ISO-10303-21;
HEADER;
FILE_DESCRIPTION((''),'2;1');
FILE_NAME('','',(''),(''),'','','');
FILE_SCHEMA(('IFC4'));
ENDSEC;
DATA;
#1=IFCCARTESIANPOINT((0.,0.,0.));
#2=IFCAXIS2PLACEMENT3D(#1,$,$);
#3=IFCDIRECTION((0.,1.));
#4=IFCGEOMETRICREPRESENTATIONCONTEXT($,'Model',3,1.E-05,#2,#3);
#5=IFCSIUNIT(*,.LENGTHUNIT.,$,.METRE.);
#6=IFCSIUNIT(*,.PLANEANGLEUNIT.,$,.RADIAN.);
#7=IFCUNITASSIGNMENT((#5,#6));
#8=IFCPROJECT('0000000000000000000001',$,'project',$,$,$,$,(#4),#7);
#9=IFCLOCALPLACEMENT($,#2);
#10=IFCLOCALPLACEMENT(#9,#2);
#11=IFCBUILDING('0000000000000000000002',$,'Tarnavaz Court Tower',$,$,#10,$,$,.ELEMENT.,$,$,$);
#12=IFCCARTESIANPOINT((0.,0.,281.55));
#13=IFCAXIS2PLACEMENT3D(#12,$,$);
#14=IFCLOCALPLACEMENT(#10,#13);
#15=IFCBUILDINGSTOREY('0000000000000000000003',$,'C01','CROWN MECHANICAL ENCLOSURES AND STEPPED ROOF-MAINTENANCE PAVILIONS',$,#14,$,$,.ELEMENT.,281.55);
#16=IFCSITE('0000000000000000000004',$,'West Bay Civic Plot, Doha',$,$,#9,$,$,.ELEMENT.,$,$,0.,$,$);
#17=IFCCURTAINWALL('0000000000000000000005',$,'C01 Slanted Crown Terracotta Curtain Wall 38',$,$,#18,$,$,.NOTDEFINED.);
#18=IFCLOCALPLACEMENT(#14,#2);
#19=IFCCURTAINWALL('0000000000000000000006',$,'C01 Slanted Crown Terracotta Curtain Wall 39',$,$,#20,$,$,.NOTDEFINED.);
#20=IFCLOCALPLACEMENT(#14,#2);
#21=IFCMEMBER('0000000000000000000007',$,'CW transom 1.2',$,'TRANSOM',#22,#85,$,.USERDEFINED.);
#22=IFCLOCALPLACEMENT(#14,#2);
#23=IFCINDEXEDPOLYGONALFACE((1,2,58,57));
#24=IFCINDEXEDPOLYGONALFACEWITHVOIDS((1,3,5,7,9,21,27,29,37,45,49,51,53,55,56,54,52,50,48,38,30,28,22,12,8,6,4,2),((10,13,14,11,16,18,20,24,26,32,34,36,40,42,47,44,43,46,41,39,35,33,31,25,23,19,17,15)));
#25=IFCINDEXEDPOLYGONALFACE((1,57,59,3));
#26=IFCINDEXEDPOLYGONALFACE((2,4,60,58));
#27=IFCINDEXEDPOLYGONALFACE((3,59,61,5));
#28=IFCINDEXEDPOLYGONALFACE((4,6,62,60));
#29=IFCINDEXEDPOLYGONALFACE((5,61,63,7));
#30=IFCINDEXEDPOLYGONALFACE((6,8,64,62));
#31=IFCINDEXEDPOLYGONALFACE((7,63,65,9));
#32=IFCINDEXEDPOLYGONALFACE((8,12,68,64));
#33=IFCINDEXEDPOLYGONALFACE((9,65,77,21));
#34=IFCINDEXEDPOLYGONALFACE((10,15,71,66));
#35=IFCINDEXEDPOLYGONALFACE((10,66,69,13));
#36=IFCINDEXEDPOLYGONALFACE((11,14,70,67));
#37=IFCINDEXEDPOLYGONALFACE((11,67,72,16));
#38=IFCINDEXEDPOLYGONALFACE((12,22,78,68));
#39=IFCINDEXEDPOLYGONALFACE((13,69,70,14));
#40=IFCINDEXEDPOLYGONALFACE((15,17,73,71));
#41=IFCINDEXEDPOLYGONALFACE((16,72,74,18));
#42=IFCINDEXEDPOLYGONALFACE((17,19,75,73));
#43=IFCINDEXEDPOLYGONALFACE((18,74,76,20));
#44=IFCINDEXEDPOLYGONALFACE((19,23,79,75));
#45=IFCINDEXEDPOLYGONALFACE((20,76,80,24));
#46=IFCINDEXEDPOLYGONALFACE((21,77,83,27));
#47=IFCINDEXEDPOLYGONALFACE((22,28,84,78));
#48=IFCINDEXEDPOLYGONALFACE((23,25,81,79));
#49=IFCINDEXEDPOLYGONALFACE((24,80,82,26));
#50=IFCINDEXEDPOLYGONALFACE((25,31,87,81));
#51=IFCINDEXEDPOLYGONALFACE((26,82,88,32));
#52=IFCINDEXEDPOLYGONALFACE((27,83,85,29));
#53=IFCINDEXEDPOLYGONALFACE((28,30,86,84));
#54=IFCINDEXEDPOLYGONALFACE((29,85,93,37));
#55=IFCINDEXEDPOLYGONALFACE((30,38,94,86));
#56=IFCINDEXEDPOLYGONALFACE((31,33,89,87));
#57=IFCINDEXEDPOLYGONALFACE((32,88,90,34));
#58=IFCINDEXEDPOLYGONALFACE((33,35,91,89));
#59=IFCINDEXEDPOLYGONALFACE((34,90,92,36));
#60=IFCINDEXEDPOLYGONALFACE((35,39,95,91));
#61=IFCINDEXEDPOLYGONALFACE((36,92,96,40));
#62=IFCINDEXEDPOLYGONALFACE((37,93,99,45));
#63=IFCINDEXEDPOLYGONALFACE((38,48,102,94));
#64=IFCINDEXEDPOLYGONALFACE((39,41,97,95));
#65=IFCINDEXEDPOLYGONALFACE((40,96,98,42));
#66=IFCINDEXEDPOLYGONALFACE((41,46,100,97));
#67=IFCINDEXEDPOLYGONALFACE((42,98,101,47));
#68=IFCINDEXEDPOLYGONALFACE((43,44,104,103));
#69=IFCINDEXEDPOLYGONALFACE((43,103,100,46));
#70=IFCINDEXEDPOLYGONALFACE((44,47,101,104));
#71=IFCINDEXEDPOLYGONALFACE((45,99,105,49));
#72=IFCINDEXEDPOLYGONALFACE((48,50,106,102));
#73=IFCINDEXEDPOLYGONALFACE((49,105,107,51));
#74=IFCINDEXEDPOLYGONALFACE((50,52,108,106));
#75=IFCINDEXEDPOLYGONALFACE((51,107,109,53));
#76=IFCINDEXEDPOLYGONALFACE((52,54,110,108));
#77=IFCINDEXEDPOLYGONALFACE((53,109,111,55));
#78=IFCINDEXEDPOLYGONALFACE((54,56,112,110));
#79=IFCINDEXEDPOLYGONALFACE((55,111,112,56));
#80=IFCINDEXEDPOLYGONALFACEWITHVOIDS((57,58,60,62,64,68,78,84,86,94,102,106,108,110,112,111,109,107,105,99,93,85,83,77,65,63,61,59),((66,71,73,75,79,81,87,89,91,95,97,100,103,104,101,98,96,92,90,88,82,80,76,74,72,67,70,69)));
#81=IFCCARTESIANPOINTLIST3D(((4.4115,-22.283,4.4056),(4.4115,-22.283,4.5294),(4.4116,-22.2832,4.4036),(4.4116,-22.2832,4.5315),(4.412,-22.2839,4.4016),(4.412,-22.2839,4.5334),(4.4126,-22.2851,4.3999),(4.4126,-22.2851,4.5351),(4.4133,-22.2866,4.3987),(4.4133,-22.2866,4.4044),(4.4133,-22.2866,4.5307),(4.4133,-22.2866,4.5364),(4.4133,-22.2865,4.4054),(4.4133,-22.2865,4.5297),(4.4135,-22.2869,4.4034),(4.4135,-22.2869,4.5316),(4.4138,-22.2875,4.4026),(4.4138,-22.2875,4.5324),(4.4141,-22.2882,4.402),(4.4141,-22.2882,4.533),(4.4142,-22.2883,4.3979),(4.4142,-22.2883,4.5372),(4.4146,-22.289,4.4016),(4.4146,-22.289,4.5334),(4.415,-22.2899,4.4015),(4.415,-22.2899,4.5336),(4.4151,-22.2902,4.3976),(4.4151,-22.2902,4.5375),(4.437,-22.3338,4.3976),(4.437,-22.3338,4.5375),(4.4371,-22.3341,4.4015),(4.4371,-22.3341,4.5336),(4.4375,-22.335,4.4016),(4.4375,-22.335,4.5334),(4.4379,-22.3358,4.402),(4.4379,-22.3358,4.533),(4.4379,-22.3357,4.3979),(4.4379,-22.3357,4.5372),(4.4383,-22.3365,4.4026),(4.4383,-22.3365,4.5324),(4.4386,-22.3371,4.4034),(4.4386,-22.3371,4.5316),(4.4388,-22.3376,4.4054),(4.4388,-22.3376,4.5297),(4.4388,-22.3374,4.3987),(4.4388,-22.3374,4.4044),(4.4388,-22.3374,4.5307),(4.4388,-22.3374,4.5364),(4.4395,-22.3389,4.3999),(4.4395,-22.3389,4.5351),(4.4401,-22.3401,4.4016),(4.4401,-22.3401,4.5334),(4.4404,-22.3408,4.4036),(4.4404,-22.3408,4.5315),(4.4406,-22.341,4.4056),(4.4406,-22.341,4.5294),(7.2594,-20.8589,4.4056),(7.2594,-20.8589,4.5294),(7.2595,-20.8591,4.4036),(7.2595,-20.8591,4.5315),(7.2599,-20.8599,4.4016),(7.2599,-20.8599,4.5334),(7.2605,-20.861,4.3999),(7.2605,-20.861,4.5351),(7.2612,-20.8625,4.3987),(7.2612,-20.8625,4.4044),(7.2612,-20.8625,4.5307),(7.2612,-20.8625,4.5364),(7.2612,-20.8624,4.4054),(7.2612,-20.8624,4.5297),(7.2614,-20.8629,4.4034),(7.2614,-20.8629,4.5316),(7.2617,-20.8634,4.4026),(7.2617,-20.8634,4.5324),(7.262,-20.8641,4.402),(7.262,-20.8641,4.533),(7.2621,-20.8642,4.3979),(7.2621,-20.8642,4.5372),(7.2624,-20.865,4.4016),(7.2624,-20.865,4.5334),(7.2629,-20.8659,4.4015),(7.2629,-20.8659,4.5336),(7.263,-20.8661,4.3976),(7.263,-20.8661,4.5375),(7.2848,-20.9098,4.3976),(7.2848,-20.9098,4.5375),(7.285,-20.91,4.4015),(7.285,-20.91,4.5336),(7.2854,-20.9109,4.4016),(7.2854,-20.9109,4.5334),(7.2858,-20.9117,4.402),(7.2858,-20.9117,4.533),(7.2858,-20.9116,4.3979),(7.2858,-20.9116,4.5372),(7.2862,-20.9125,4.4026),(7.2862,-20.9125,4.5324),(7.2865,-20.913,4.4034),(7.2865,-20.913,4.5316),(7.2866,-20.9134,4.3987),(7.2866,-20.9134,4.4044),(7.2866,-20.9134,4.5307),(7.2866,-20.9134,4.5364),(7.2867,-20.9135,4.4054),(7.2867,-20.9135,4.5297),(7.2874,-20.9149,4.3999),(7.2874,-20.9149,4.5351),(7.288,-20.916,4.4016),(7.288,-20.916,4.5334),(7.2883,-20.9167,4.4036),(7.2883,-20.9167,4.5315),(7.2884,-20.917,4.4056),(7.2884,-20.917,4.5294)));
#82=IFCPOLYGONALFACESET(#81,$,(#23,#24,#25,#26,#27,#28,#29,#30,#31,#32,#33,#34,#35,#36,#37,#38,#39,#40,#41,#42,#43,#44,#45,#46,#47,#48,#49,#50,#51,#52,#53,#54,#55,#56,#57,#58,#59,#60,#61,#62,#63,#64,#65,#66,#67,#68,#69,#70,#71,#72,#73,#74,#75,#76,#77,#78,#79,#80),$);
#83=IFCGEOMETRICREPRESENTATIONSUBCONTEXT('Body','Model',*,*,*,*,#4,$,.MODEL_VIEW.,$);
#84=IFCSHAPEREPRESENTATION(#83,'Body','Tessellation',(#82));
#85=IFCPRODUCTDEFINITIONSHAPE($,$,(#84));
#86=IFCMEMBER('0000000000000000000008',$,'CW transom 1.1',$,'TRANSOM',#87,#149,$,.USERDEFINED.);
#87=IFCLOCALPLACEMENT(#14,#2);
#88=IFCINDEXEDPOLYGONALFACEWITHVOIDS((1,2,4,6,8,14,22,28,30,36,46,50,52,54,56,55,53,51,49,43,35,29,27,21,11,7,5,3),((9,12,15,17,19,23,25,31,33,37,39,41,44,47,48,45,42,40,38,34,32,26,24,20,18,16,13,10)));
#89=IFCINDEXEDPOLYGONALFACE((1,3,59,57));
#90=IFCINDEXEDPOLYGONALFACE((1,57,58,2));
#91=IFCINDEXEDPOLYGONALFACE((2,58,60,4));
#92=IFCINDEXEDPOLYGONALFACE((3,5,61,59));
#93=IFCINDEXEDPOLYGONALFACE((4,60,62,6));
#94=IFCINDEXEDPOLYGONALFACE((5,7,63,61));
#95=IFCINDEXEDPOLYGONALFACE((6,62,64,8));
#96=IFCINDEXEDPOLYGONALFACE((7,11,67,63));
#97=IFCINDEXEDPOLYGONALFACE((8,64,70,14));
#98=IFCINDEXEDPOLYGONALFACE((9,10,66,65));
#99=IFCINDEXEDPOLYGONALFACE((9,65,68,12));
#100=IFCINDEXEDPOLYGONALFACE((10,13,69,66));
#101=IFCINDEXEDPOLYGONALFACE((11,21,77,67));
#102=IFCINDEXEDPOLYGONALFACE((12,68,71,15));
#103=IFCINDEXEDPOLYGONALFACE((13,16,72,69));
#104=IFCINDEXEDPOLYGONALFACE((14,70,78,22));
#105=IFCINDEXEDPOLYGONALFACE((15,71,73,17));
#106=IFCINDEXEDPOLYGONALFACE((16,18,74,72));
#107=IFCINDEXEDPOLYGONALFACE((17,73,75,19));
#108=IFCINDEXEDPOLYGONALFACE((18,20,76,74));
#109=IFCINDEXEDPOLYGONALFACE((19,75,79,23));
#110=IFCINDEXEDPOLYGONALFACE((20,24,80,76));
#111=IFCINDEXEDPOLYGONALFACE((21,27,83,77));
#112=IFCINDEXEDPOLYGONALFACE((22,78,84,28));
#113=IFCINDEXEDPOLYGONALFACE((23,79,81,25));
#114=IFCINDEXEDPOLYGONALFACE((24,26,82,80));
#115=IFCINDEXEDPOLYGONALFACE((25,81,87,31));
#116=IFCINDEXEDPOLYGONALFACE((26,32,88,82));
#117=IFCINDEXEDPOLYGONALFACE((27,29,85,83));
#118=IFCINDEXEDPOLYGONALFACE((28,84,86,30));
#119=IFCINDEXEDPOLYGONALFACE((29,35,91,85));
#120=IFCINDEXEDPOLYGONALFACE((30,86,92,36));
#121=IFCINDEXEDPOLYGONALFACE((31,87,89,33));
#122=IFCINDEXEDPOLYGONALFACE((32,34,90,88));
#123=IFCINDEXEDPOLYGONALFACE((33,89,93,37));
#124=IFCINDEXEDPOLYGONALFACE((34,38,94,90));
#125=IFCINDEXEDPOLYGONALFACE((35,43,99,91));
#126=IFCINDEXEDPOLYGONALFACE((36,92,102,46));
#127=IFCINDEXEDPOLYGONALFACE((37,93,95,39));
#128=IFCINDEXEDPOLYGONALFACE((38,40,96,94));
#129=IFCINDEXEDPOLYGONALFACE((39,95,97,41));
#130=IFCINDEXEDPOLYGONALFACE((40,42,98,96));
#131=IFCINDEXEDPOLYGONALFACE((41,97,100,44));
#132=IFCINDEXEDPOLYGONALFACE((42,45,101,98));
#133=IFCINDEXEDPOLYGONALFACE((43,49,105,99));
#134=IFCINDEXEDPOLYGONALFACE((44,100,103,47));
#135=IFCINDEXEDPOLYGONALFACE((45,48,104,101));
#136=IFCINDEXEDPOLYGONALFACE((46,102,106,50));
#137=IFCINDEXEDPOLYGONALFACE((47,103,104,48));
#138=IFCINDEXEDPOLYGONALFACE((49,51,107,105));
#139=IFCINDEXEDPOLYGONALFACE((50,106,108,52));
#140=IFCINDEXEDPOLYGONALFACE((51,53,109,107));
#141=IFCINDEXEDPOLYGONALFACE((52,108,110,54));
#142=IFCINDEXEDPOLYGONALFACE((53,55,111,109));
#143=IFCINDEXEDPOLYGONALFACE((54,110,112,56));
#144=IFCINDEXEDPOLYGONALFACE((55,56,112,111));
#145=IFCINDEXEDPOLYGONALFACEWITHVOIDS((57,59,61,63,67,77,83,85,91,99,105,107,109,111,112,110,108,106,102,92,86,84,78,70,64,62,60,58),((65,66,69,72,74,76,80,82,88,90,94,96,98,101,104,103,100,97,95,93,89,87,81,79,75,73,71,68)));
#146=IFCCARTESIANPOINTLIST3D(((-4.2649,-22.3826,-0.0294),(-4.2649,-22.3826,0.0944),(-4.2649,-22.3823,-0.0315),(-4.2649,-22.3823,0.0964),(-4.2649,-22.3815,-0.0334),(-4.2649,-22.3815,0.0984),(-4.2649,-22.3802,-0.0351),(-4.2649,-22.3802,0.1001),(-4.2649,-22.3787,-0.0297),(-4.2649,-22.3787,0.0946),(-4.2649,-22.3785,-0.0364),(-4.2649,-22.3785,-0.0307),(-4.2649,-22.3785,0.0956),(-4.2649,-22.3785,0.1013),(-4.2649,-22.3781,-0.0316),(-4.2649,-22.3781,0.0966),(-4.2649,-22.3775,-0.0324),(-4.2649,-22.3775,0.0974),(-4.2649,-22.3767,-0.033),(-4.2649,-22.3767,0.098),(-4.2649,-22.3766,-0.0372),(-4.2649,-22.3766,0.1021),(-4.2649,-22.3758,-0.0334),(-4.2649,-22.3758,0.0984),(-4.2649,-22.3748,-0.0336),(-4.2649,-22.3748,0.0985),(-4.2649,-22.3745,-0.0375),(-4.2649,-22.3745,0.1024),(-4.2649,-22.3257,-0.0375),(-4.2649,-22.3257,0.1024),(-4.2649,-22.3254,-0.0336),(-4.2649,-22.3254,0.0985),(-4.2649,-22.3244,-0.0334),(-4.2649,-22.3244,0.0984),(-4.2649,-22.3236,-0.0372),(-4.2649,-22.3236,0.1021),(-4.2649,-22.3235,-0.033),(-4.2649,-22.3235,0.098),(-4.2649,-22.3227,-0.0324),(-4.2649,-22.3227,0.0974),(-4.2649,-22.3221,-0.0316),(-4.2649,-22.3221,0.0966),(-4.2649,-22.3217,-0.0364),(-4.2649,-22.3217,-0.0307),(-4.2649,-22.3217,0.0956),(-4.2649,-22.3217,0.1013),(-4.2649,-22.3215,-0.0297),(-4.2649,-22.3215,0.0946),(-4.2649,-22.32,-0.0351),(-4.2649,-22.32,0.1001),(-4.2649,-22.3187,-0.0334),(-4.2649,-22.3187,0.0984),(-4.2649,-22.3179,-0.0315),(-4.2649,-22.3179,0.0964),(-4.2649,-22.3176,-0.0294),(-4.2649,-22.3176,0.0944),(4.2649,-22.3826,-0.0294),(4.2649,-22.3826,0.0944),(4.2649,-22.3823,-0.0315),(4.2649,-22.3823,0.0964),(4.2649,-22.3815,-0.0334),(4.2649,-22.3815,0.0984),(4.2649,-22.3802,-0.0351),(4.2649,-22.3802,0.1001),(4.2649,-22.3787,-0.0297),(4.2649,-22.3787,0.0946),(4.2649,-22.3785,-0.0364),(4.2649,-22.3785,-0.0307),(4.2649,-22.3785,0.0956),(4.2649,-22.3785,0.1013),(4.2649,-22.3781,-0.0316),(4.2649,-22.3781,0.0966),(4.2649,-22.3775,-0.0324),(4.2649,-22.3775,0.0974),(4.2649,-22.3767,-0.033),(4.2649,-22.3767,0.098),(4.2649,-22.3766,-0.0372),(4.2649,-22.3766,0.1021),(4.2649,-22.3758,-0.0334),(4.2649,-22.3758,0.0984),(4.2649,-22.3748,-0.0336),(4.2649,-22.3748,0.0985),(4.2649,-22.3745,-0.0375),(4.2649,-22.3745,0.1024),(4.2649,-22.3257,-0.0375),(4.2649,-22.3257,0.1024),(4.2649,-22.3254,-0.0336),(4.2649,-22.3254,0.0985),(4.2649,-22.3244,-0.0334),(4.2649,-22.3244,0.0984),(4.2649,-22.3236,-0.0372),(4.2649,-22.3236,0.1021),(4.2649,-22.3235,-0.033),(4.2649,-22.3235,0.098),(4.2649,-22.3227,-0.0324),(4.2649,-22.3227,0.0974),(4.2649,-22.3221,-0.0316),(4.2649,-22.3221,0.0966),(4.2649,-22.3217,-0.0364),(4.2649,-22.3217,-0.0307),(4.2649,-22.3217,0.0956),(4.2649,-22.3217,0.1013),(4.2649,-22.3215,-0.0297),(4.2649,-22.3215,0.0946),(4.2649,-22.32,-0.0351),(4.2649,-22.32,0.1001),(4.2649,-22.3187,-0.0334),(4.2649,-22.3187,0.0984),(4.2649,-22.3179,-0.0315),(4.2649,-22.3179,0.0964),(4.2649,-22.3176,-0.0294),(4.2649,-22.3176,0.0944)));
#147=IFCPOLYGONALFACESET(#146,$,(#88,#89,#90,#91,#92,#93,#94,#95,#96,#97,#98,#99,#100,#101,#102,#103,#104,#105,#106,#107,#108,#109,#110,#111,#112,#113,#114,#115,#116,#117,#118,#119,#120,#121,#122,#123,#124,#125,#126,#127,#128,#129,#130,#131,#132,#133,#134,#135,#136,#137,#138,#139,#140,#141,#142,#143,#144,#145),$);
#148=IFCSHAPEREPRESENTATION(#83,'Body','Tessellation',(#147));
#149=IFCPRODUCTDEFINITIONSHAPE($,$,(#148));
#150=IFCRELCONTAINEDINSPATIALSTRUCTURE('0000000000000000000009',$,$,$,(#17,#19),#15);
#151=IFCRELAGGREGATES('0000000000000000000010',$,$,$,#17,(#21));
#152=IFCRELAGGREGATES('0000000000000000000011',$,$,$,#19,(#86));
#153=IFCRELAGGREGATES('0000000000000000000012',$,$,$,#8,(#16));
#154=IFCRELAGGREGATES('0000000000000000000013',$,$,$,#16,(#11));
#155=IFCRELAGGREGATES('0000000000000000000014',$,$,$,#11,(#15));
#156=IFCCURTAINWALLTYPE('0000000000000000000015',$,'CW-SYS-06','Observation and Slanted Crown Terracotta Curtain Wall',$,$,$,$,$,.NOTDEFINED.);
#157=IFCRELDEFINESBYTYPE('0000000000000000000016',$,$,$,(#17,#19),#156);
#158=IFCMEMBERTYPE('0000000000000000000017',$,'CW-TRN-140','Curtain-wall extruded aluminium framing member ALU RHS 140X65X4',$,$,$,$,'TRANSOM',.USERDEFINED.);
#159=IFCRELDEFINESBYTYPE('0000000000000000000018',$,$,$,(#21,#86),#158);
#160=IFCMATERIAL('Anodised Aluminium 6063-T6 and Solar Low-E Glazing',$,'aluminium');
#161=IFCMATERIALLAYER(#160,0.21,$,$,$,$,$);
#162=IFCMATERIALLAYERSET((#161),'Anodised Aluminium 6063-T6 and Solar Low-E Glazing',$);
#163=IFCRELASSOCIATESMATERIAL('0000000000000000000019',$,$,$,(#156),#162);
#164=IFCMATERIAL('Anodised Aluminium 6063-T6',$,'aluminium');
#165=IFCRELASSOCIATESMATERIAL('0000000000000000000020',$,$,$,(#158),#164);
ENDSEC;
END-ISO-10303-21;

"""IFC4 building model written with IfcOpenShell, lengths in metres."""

from ifc_helpers import new_model, si_unit, direction, frame, origin, origin_2d, place, context, subcontext, project, spatial, hollow_rectangle, extrude, material, layer, layer_set, material_profile, profile_set, type_object, element, aggregate, save


model = new_model("IFC4")

# Units and contexts
model_context = context("Model", 3, precision=1e-05, world=origin(), true_north=direction((0.0, 1.0)))
body_context = subcontext(model_context, "Body", "Model", "MODEL_VIEW")
ifc_project = project(units=[si_unit("LENGTHUNIT", "METRE"), si_unit("PLANEANGLEUNIT", "RADIAN")], contexts=[model_context])

# Site, building, storey
site_placement = place(None, origin())
site = spatial("IfcSite", under=ifc_project, at=site_placement, Name="West Bay Civic Plot, Doha", CompositionType="ELEMENT", RefElevation=0.0)
building_placement = place(site_placement, origin())
building = spatial("IfcBuilding", under=site, at=building_placement, Name="Tarnavaz Court Tower", CompositionType="ELEMENT")
storey_placement = place(building_placement, frame((0.0, 0.0, 281.55)))
storey = spatial("IfcBuildingStorey", under=building, at=storey_placement, Name="C01", Description="CROWN MECHANICAL ENCLOSURES AND STEPPED ROOF-MAINTENANCE PAVILIONS", CompositionType="ELEMENT", Elevation=281.55)

# Shared definitions
ifc_material_1 = material(Name="Anodised Aluminium 6063-T6 and Solar Low-E Glazing", Category="aluminium")
ifc_layer_1 = layer(ifc_material_1, 0.21)
ifc_layer_set_1 = layer_set([ifc_layer_1], Name="Anodised Aluminium 6063-T6 and Solar Low-E Glazing")
curtain_wall_type = type_object("IfcCurtainWallType", Name="CW-SYS-06", Description="Observation and Slanted Crown Terracotta Curtain Wall", PredefinedType="NOTDEFINED", material=ifc_layer_set_1)
ifc_material_2 = material(Name="Anodised Aluminium 6063-T6", Category="aluminium")

# Curtain wall
curtain_wall_1_placement = place(storey_placement, origin())
curtain_wall_1 = element("IfcCurtainWall", 1, at=curtain_wall_1_placement, inside=storey, type_object=curtain_wall_type, Name="C01 Slanted Crown Terracotta Curtain Wall 38", PredefinedType="NOTDEFINED")

# Curtain wall
curtain_wall_2_placement = place(storey_placement, origin())
curtain_wall_2 = element("IfcCurtainWall", 2, at=curtain_wall_2_placement, inside=storey, type_object=curtain_wall_type, Name="C01 Slanted Crown Terracotta Curtain Wall 39", PredefinedType="NOTDEFINED")

# Members
ifc_material_profile_1 = material_profile(ifc_material_2, hollow_rectangle(XDim=0.0649, YDim=0.1399, WallThickness=0.0039, InnerFilletRadius=0.0039, OuterFilletRadius=0.0081, at=origin_2d()), Name="ALU RHS 140X65X4")
ifc_profile_set_1 = profile_set([ifc_material_profile_1], Name="Anodised Aluminium 6063-T6")
member_type_1 = type_object("IfcMemberType", Name="CW-TRN-140", Description="Curtain-wall extruded aluminium framing member ALU RHS 140X65X4", ElementType="TRANSOM", PredefinedType="USERDEFINED", material=ifc_profile_set_1)
member_1_placement = place(storey_placement, frame((7.2739, -20.8879, 4.4675), z_axis=(-0.894412, -0.447244, 0.0), x_axis=(0.447244, -0.894412, 0.0)))
member_1 = element("IfcMember", 3, at=member_1_placement, type_object=member_type_1, Name="CW transom 1.2", ObjectType="TRANSOM", PredefinedType="USERDEFINED", context=body_context, shape_type="SweptSolid", body=[
    extrude(hollow_rectangle(XDim=0.0649, YDim=0.1399, WallThickness=0.0039, InnerFilletRadius=0.0039, OuterFilletRadius=0.0081, at=origin_2d()), origin(), (0.0, 0.0, 1.0), 3.1841),
])
member_2_placement = place(storey_placement, frame((4.2649, -22.3501, 0.0325), z_axis=(-1.0, 0.0, 0.0), x_axis=(0.0, -1.0, 0.0)))
member_2 = element("IfcMember", 4, at=member_2_placement, type_object=member_type_1, Name="CW transom 1.1", ObjectType="TRANSOM", PredefinedType="USERDEFINED", context=body_context, shape_type="SweptSolid", body=[
    extrude(hollow_rectangle(XDim=0.0649, YDim=0.1399, WallThickness=0.0039, InnerFilletRadius=0.0039, OuterFilletRadius=0.0081, at=origin_2d()), origin(), (0.0, 0.0, 1.0), 8.5298),
])

aggregate(curtain_wall_1, [member_1])
aggregate(curtain_wall_2, [member_2])

save(model, "model.ifc")
